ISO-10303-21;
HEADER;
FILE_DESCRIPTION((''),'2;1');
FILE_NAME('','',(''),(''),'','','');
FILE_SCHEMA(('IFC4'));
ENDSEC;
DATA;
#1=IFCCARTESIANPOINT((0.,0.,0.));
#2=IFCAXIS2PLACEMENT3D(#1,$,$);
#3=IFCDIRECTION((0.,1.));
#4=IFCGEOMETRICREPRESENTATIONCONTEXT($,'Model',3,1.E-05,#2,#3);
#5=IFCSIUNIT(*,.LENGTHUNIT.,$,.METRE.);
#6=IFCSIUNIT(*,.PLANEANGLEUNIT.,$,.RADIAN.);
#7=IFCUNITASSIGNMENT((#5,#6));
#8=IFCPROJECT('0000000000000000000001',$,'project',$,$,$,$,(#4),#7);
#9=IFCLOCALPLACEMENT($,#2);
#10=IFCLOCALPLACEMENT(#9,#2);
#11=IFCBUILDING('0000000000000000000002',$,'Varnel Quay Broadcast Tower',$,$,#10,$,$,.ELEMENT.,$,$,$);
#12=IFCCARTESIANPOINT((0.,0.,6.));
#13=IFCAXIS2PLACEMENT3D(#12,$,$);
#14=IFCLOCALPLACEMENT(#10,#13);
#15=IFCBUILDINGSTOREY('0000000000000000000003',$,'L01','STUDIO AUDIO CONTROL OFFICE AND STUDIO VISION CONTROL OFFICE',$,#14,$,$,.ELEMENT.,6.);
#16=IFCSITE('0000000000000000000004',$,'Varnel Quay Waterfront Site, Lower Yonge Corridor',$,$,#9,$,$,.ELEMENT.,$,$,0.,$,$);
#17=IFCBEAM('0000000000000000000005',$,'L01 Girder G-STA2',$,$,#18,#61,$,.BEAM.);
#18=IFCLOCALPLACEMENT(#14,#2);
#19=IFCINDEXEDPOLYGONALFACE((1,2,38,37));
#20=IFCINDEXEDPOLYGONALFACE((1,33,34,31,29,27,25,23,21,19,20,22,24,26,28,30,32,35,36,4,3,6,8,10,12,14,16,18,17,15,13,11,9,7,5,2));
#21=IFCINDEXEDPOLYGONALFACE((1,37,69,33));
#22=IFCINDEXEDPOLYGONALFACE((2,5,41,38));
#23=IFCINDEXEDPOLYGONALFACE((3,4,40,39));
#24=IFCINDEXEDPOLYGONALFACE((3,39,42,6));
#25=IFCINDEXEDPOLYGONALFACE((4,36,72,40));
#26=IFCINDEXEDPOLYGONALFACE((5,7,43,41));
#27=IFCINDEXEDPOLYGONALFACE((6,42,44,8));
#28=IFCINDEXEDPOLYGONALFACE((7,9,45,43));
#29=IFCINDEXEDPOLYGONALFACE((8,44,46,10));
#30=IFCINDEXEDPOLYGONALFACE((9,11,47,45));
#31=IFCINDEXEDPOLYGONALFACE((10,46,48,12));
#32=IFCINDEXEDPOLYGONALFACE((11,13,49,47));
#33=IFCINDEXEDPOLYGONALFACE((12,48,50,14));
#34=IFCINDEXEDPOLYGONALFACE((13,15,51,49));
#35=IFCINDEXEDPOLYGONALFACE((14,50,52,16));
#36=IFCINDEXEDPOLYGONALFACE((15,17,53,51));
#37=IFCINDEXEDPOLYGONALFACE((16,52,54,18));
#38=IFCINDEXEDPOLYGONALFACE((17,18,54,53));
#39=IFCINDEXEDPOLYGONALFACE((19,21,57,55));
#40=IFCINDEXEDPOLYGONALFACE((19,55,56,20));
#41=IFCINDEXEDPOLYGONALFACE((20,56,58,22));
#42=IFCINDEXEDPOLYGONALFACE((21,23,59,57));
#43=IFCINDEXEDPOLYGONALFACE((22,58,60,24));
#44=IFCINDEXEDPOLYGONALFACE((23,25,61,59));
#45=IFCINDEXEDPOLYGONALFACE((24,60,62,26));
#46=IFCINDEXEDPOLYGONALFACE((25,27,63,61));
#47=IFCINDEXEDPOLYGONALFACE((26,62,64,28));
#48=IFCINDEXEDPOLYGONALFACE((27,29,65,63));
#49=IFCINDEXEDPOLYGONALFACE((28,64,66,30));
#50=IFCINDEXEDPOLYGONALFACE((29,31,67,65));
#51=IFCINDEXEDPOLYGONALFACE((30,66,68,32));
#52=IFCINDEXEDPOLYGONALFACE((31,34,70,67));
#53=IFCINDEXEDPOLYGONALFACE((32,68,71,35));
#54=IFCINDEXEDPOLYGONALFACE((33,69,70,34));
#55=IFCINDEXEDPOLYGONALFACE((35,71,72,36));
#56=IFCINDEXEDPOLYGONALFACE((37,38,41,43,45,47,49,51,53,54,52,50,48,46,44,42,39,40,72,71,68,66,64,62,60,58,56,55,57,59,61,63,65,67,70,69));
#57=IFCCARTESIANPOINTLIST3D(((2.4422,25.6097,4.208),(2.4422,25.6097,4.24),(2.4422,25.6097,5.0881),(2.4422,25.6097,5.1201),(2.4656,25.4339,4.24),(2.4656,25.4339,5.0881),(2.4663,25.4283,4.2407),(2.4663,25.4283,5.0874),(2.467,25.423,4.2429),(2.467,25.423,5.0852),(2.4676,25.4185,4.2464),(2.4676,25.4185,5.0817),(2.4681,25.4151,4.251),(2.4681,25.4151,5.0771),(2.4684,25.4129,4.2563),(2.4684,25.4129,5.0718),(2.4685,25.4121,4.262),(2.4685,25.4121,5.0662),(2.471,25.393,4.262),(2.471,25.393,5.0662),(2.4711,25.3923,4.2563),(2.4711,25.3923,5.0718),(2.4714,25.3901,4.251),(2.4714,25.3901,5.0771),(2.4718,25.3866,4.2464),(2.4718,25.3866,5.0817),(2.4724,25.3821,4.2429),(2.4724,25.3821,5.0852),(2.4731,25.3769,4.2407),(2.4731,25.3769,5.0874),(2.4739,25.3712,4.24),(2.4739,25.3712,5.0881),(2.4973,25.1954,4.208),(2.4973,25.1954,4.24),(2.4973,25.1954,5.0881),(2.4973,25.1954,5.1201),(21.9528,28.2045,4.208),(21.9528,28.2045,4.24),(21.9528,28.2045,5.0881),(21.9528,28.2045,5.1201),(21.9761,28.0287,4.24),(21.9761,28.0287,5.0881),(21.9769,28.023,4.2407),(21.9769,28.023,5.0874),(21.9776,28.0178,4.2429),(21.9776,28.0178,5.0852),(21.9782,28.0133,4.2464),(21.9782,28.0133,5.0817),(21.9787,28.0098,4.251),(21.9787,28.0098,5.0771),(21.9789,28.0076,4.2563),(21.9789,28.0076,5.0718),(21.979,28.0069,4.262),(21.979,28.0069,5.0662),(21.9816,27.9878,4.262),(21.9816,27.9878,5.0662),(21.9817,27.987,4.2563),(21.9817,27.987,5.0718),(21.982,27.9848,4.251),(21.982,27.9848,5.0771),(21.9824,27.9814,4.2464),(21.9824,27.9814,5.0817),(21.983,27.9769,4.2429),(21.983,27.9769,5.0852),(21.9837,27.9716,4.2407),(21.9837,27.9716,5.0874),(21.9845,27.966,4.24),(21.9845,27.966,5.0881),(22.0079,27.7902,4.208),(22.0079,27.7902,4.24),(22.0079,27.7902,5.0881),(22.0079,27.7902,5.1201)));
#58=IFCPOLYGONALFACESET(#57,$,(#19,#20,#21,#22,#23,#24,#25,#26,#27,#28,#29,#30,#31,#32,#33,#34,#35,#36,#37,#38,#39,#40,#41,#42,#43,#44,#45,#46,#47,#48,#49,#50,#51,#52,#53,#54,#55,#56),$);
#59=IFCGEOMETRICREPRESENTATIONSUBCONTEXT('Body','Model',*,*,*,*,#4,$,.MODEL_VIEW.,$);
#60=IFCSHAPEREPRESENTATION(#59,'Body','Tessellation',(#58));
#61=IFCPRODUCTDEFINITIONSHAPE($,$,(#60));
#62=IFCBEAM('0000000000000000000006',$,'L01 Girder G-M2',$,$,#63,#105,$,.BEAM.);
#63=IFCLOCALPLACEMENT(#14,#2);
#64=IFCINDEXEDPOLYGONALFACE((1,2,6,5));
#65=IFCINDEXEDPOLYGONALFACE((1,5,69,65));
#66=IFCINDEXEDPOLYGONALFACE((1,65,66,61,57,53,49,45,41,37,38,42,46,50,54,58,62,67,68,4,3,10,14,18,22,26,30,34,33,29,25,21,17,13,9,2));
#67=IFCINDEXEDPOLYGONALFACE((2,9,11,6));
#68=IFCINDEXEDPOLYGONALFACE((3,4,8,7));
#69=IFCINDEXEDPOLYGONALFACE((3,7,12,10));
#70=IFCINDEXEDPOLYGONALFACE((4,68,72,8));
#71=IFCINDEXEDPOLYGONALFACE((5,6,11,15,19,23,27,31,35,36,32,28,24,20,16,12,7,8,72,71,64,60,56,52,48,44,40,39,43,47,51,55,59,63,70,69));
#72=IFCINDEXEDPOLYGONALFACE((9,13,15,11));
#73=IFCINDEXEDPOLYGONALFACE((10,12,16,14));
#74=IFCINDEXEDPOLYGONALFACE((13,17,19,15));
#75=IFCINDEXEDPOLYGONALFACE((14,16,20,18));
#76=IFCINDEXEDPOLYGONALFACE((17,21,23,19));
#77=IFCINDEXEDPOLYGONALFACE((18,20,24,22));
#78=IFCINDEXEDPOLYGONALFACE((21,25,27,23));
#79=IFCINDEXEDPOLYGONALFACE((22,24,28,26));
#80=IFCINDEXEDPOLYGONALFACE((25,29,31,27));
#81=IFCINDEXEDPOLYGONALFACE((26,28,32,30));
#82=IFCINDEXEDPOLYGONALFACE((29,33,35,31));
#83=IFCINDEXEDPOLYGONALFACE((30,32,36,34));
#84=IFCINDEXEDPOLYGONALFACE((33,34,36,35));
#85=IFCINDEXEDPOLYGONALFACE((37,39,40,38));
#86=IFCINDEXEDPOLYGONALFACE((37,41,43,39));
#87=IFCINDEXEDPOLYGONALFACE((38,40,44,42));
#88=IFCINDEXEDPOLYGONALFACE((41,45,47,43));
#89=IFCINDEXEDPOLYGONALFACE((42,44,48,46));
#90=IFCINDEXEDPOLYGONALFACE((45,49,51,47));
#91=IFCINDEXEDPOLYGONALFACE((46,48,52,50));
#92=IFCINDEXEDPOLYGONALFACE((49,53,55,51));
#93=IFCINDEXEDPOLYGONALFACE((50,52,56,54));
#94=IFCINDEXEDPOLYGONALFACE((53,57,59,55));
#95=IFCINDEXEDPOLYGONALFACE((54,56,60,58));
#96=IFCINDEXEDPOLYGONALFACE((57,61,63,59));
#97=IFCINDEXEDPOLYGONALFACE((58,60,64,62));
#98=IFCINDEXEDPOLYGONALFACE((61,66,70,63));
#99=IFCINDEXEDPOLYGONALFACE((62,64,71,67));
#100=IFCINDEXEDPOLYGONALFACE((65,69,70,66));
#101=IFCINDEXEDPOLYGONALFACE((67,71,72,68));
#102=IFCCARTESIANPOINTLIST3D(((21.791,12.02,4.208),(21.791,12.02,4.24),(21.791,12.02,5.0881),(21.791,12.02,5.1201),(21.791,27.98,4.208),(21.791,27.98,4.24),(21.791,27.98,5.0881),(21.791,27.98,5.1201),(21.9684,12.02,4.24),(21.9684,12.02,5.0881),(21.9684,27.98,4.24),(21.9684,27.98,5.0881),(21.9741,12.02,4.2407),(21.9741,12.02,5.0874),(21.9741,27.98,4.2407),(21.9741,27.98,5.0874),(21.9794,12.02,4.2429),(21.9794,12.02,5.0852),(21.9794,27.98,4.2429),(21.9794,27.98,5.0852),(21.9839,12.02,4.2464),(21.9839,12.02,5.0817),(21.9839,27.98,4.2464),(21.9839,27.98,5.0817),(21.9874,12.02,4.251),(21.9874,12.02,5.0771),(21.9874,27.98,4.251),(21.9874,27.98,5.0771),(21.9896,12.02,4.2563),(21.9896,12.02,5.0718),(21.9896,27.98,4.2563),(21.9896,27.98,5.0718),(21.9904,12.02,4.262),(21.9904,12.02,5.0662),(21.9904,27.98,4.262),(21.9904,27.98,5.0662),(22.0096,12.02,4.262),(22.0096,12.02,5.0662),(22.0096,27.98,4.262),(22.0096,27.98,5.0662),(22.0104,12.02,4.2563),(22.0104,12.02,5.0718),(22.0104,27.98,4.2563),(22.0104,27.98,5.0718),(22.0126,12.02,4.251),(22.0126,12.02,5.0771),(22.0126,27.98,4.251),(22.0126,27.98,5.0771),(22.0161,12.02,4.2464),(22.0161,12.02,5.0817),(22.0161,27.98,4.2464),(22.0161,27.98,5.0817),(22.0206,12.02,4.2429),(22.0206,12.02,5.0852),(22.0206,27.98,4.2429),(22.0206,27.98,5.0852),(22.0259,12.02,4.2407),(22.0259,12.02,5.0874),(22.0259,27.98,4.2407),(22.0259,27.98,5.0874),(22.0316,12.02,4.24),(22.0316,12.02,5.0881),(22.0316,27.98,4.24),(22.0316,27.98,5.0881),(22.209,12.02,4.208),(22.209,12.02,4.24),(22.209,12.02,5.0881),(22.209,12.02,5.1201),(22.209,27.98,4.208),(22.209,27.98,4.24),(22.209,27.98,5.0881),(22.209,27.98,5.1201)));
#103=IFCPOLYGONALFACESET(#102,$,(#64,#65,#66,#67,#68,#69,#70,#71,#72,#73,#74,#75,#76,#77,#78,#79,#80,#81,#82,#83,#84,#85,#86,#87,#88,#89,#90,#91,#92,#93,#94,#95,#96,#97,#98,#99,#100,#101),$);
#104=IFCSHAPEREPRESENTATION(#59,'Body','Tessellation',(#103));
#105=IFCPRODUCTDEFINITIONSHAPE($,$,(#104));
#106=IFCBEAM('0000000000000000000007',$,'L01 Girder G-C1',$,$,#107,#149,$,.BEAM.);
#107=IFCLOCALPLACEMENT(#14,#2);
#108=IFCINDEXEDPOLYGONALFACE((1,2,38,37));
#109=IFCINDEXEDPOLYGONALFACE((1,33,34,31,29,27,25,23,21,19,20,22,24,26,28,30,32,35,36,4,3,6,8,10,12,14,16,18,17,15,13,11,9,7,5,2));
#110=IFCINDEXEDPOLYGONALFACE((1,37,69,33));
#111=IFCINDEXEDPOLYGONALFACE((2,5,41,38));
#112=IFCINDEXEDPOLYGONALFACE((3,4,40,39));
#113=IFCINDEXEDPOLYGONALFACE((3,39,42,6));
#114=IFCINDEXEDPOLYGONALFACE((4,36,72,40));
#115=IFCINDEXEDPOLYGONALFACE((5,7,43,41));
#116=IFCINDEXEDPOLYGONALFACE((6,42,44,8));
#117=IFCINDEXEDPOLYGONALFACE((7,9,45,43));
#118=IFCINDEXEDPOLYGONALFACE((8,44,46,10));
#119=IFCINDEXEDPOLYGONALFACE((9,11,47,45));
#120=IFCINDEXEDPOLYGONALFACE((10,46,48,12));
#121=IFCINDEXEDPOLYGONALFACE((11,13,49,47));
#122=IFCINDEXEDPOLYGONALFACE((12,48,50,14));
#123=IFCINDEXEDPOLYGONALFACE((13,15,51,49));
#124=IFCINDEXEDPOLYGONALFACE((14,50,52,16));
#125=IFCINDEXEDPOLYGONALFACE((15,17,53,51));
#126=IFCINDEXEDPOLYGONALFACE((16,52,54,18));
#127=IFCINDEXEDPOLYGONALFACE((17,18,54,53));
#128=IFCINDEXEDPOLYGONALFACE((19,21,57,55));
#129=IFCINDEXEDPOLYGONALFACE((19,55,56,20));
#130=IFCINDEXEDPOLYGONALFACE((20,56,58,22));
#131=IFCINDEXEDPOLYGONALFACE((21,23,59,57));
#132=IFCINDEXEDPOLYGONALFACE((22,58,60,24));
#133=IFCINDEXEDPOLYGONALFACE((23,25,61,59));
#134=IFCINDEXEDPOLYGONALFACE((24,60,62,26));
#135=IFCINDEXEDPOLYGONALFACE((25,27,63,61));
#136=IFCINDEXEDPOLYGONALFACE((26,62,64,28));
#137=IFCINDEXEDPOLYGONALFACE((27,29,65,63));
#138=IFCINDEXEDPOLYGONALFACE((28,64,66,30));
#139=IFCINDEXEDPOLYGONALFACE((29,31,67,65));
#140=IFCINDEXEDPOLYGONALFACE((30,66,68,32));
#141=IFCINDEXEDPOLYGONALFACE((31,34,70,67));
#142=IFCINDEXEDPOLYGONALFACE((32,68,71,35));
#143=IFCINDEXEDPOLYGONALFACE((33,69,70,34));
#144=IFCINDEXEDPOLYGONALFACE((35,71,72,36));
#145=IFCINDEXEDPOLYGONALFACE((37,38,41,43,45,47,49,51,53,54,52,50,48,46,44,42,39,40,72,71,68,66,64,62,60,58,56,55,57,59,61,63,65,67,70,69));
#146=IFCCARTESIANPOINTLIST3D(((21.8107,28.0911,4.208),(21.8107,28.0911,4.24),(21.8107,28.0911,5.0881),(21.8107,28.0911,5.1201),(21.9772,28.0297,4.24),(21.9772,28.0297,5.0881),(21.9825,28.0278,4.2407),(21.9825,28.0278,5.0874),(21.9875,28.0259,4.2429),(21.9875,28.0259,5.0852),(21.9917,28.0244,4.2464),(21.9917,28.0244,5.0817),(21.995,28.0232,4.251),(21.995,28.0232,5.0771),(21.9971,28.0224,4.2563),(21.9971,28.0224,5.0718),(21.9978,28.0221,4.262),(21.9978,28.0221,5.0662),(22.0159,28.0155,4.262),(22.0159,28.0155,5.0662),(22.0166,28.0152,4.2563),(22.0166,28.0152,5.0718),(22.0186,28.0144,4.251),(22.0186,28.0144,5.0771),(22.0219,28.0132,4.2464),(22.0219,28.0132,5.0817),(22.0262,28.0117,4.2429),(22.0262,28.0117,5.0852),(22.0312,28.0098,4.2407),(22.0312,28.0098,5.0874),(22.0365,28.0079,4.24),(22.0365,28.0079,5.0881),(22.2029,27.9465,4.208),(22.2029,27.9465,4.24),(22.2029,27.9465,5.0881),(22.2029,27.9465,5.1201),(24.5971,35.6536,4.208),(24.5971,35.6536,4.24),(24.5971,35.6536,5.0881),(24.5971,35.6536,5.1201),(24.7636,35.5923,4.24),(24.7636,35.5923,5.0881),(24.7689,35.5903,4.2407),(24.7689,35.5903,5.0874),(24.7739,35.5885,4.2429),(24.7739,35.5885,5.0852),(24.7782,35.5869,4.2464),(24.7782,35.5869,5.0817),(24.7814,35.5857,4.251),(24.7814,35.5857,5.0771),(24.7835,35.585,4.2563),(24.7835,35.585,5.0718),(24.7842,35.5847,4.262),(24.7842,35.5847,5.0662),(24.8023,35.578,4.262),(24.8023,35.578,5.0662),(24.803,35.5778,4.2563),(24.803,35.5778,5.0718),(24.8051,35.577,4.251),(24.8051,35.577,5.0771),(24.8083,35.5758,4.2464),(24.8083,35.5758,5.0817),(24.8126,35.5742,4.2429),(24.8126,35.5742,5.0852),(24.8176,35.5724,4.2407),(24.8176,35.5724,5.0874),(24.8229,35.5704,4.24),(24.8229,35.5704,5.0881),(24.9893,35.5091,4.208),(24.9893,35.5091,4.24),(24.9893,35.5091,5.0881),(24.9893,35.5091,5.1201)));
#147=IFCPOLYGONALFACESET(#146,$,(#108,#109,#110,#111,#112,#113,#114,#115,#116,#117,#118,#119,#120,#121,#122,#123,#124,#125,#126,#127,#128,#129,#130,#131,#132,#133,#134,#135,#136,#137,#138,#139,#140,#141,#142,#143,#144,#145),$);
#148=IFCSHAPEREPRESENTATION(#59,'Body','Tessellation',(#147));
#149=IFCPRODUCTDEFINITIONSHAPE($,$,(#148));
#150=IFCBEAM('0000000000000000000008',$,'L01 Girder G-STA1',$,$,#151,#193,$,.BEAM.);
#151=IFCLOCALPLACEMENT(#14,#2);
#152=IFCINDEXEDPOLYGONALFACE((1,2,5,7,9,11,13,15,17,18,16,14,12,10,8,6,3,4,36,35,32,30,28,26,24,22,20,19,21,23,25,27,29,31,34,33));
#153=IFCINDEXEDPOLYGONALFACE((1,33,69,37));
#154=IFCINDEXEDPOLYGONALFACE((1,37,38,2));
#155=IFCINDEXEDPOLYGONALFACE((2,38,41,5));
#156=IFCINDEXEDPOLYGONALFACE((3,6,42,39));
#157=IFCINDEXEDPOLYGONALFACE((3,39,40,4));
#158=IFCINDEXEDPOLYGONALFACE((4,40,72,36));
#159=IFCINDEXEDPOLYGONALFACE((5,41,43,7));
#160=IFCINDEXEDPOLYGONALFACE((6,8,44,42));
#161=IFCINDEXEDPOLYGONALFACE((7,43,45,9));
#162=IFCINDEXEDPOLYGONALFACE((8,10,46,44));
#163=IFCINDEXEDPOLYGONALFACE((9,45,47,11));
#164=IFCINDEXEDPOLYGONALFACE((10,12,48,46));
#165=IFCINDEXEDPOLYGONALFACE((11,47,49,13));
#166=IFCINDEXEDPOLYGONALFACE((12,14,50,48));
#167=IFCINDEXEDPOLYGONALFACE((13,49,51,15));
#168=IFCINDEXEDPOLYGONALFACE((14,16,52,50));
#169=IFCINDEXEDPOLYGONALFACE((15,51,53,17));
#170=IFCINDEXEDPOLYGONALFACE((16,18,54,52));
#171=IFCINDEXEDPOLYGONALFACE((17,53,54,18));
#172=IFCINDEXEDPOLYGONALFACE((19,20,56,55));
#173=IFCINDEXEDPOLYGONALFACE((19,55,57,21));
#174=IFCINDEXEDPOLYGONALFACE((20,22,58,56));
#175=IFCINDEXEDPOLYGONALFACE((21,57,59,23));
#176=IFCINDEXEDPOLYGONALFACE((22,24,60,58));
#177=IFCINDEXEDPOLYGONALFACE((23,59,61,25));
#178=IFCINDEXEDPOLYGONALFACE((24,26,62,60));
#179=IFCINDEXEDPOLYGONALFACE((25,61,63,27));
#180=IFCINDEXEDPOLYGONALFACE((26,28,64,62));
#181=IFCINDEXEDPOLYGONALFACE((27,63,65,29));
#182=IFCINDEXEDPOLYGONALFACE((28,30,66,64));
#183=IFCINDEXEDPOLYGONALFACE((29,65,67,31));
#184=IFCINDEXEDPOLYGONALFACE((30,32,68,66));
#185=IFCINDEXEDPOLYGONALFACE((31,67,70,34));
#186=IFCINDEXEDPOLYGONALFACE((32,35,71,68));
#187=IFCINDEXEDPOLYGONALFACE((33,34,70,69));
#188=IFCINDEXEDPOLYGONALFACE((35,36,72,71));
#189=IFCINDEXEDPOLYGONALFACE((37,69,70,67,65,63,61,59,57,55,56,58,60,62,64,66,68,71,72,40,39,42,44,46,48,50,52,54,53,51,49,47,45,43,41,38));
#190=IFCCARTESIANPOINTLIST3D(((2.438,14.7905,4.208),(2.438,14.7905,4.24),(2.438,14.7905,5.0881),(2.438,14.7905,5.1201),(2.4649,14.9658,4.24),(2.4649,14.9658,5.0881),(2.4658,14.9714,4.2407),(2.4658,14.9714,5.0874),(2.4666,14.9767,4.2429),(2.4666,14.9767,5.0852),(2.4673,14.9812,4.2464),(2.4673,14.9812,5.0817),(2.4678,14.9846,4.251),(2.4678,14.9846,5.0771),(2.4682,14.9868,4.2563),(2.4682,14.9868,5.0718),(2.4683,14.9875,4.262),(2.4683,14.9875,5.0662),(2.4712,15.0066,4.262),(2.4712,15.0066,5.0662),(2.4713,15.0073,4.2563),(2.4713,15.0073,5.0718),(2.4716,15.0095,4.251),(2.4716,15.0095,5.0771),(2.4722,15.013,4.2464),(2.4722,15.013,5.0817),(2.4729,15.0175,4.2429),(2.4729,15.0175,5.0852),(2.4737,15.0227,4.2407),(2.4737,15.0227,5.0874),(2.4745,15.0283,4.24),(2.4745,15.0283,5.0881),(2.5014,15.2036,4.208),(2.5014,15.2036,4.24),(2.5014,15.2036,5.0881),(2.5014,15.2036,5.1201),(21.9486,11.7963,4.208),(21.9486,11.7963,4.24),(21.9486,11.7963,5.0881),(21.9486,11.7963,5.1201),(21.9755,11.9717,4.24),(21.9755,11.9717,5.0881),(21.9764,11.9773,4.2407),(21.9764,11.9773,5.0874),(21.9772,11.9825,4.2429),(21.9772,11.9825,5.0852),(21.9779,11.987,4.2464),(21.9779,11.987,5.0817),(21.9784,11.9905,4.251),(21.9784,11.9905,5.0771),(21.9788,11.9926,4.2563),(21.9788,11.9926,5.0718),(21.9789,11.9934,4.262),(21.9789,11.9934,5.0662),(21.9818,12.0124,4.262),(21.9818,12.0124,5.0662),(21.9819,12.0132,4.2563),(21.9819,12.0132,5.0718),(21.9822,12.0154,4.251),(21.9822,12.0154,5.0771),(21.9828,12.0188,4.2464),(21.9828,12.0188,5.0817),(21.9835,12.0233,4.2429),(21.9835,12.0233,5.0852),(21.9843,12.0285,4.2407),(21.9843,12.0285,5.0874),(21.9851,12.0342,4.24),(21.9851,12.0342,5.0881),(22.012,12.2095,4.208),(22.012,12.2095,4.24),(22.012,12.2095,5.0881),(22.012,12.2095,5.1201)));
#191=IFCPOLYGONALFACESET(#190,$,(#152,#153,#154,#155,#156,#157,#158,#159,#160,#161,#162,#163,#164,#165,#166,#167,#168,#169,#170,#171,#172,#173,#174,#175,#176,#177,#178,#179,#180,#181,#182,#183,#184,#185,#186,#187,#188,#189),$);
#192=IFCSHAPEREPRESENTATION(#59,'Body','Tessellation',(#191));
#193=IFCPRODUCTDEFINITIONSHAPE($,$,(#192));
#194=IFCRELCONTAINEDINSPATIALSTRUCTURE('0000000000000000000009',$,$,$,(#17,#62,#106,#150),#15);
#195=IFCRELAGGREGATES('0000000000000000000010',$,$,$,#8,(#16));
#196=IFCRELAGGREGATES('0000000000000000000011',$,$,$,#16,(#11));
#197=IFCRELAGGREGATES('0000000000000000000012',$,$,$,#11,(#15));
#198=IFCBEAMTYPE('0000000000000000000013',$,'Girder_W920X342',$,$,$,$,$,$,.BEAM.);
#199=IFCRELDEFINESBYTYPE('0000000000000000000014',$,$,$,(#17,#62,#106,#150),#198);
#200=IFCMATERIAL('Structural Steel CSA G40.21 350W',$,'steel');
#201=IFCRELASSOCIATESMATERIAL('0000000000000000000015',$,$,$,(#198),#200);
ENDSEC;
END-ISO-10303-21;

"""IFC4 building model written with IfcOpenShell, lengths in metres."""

from ifc_helpers import new_model, si_unit, direction, frame, origin, origin_2d, place, context, subcontext, project, spatial, i_section, extrude, source, transform, mapped, material, material_profile, profile_set, type_object, element, save


model = new_model("IFC4")

# Units and contexts
model_context = context("Model", 3, precision=1e-05, world=origin(), true_north=direction((0.0, 1.0)))
body_context = subcontext(model_context, "Body", "Model", "MODEL_VIEW")
ifc_project = project(units=[si_unit("LENGTHUNIT", "METRE"), si_unit("PLANEANGLEUNIT", "RADIAN")], contexts=[model_context])

# Site, building, storey
site_placement = place(None, origin())
site = spatial("IfcSite", under=ifc_project, at=site_placement, Name="Varnel Quay Waterfront Site, Lower Yonge Corridor", CompositionType="ELEMENT", RefElevation=0.0)
building_placement = place(site_placement, origin())
building = spatial("IfcBuilding", under=site, at=building_placement, Name="Varnel Quay Broadcast Tower", CompositionType="ELEMENT")
storey_placement = place(building_placement, frame((0.0, 0.0, 6.0)))
storey = spatial("IfcBuildingStorey", under=building, at=storey_placement, Name="L01", Description="STUDIO AUDIO CONTROL OFFICE AND STUDIO VISION CONTROL OFFICE", CompositionType="ELEMENT", Elevation=6.0)

# Shared definitions
ifc_material_1 = material(Name="Structural Steel CSA G40.21 350W", Category="steel")

# Beams
ifc_material_profile_1 = material_profile(ifc_material_1, i_section(OverallWidth=0.418, OverallDepth=0.9121, WebThickness=0.0193, FlangeThickness=0.032, FilletRadius=0.022, at=origin_2d()), Name="W920X342")
ifc_profile_set_1 = profile_set([ifc_material_profile_1], Name="Structural Steel CSA G40.21 350W")
beam_type = type_object("IfcBeamType", Name="Girder_W920X342", PredefinedType="BEAM", material=ifc_profile_set_1)
shared_shape_1 = source(origin(), body_context, "Body", "SweptSolid", [
    extrude(i_section(OverallWidth=0.418, OverallDepth=0.9121, WebThickness=0.0193, FlangeThickness=0.032, FilletRadius=0.022, at=origin_2d()), origin(), (0.0, 0.0, 1.0), 19.6824),
])
beam_1_placement = place(storey_placement, frame((2.4697, 25.4026, 4.6641), z_axis=(0.991272, 0.131831, 0.0), x_axis=(-0.131831, 0.991272, 0.0)))
element("IfcBeam", 1, at=beam_1_placement, inside=storey, type_object=beam_type, Name="L01 Girder G-STA2", PredefinedType="BEAM", context=body_context, shape_type="MappedRepresentation", body=[
    mapped(shared_shape_1, transform((0.0, 0.0, 0.0), x_axis=(1.0, 0.0, 0.0), y_axis=(0.0, 1.0, 0.0), z_axis=(0.0, 0.0, 1.0), scale=1.0)),
])
shared_shape_2 = source(origin(), body_context, "Body", "SweptSolid", [
    extrude(i_section(OverallWidth=0.418, OverallDepth=0.9121, WebThickness=0.0193, FlangeThickness=0.032, FilletRadius=0.022, at=origin_2d()), origin(), (0.0, 0.0, 1.0), 15.96),
])
beam_2_placement = place(storey_placement, frame((22.0, 12.02, 4.6641), z_axis=(0.0, 1.0, 0.0), x_axis=(-1.0, 0.0, 0.0)))
element("IfcBeam", 2, at=beam_2_placement, inside=storey, type_object=beam_type, Name="L01 Girder G-M2", PredefinedType="BEAM", context=body_context, shape_type="MappedRepresentation", body=[
    mapped(shared_shape_2, transform((0.0, 0.0, 0.0), x_axis=(1.0, 0.0, 0.0), y_axis=(0.0, 1.0, 0.0), z_axis=(0.0, 0.0, 1.0), scale=1.0)),
])
shared_shape_3 = source(origin(), body_context, "Body", "SweptSolid", [
    extrude(i_section(OverallWidth=0.418, OverallDepth=0.9121, WebThickness=0.0193, FlangeThickness=0.032, FilletRadius=0.022, at=origin_2d()), origin(), (0.0, 0.0, 1.0), 8.0596),
])
beam_3_placement = place(storey_placement, frame((22.0068, 28.0188, 4.6641), z_axis=(0.345726, 0.938335, 0.0), x_axis=(-0.938335, 0.345726, 0.0)))
element("IfcBeam", 3, at=beam_3_placement, inside=storey, type_object=beam_type, Name="L01 Girder G-C1", PredefinedType="BEAM", context=body_context, shape_type="MappedRepresentation", body=[
    mapped(shared_shape_3, transform((0.0, 0.0, 0.0), x_axis=(1.0, 0.0, 0.0), y_axis=(0.0, 1.0, 0.0), z_axis=(0.0, 0.0, 1.0), scale=1.0)),
])
shared_shape_4 = source(origin(), body_context, "Body", "SweptSolid", [
    extrude(i_section(OverallWidth=0.418, OverallDepth=0.9121, WebThickness=0.0193, FlangeThickness=0.032, FilletRadius=0.022, at=origin_2d()), origin(), (0.0, 0.0, 1.0), 19.739),
])
beam_4_placement = place(storey_placement, frame((2.4697, 14.9971, 4.6641), z_axis=(0.988429, -0.151687, 0.0), x_axis=(0.151687, 0.988429, 0.0)))
element("IfcBeam", 4, at=beam_4_placement, inside=storey, type_object=beam_type, Name="L01 Girder G-STA1", PredefinedType="BEAM", context=body_context, shape_type="MappedRepresentation", body=[
    mapped(shared_shape_4, transform((0.0, 0.0, 0.0), x_axis=(1.0, 0.0, 0.0), y_axis=(0.0, 1.0, 0.0), z_axis=(0.0, 0.0, 1.0), scale=1.0)),
])

save(model, "model.ifc")
